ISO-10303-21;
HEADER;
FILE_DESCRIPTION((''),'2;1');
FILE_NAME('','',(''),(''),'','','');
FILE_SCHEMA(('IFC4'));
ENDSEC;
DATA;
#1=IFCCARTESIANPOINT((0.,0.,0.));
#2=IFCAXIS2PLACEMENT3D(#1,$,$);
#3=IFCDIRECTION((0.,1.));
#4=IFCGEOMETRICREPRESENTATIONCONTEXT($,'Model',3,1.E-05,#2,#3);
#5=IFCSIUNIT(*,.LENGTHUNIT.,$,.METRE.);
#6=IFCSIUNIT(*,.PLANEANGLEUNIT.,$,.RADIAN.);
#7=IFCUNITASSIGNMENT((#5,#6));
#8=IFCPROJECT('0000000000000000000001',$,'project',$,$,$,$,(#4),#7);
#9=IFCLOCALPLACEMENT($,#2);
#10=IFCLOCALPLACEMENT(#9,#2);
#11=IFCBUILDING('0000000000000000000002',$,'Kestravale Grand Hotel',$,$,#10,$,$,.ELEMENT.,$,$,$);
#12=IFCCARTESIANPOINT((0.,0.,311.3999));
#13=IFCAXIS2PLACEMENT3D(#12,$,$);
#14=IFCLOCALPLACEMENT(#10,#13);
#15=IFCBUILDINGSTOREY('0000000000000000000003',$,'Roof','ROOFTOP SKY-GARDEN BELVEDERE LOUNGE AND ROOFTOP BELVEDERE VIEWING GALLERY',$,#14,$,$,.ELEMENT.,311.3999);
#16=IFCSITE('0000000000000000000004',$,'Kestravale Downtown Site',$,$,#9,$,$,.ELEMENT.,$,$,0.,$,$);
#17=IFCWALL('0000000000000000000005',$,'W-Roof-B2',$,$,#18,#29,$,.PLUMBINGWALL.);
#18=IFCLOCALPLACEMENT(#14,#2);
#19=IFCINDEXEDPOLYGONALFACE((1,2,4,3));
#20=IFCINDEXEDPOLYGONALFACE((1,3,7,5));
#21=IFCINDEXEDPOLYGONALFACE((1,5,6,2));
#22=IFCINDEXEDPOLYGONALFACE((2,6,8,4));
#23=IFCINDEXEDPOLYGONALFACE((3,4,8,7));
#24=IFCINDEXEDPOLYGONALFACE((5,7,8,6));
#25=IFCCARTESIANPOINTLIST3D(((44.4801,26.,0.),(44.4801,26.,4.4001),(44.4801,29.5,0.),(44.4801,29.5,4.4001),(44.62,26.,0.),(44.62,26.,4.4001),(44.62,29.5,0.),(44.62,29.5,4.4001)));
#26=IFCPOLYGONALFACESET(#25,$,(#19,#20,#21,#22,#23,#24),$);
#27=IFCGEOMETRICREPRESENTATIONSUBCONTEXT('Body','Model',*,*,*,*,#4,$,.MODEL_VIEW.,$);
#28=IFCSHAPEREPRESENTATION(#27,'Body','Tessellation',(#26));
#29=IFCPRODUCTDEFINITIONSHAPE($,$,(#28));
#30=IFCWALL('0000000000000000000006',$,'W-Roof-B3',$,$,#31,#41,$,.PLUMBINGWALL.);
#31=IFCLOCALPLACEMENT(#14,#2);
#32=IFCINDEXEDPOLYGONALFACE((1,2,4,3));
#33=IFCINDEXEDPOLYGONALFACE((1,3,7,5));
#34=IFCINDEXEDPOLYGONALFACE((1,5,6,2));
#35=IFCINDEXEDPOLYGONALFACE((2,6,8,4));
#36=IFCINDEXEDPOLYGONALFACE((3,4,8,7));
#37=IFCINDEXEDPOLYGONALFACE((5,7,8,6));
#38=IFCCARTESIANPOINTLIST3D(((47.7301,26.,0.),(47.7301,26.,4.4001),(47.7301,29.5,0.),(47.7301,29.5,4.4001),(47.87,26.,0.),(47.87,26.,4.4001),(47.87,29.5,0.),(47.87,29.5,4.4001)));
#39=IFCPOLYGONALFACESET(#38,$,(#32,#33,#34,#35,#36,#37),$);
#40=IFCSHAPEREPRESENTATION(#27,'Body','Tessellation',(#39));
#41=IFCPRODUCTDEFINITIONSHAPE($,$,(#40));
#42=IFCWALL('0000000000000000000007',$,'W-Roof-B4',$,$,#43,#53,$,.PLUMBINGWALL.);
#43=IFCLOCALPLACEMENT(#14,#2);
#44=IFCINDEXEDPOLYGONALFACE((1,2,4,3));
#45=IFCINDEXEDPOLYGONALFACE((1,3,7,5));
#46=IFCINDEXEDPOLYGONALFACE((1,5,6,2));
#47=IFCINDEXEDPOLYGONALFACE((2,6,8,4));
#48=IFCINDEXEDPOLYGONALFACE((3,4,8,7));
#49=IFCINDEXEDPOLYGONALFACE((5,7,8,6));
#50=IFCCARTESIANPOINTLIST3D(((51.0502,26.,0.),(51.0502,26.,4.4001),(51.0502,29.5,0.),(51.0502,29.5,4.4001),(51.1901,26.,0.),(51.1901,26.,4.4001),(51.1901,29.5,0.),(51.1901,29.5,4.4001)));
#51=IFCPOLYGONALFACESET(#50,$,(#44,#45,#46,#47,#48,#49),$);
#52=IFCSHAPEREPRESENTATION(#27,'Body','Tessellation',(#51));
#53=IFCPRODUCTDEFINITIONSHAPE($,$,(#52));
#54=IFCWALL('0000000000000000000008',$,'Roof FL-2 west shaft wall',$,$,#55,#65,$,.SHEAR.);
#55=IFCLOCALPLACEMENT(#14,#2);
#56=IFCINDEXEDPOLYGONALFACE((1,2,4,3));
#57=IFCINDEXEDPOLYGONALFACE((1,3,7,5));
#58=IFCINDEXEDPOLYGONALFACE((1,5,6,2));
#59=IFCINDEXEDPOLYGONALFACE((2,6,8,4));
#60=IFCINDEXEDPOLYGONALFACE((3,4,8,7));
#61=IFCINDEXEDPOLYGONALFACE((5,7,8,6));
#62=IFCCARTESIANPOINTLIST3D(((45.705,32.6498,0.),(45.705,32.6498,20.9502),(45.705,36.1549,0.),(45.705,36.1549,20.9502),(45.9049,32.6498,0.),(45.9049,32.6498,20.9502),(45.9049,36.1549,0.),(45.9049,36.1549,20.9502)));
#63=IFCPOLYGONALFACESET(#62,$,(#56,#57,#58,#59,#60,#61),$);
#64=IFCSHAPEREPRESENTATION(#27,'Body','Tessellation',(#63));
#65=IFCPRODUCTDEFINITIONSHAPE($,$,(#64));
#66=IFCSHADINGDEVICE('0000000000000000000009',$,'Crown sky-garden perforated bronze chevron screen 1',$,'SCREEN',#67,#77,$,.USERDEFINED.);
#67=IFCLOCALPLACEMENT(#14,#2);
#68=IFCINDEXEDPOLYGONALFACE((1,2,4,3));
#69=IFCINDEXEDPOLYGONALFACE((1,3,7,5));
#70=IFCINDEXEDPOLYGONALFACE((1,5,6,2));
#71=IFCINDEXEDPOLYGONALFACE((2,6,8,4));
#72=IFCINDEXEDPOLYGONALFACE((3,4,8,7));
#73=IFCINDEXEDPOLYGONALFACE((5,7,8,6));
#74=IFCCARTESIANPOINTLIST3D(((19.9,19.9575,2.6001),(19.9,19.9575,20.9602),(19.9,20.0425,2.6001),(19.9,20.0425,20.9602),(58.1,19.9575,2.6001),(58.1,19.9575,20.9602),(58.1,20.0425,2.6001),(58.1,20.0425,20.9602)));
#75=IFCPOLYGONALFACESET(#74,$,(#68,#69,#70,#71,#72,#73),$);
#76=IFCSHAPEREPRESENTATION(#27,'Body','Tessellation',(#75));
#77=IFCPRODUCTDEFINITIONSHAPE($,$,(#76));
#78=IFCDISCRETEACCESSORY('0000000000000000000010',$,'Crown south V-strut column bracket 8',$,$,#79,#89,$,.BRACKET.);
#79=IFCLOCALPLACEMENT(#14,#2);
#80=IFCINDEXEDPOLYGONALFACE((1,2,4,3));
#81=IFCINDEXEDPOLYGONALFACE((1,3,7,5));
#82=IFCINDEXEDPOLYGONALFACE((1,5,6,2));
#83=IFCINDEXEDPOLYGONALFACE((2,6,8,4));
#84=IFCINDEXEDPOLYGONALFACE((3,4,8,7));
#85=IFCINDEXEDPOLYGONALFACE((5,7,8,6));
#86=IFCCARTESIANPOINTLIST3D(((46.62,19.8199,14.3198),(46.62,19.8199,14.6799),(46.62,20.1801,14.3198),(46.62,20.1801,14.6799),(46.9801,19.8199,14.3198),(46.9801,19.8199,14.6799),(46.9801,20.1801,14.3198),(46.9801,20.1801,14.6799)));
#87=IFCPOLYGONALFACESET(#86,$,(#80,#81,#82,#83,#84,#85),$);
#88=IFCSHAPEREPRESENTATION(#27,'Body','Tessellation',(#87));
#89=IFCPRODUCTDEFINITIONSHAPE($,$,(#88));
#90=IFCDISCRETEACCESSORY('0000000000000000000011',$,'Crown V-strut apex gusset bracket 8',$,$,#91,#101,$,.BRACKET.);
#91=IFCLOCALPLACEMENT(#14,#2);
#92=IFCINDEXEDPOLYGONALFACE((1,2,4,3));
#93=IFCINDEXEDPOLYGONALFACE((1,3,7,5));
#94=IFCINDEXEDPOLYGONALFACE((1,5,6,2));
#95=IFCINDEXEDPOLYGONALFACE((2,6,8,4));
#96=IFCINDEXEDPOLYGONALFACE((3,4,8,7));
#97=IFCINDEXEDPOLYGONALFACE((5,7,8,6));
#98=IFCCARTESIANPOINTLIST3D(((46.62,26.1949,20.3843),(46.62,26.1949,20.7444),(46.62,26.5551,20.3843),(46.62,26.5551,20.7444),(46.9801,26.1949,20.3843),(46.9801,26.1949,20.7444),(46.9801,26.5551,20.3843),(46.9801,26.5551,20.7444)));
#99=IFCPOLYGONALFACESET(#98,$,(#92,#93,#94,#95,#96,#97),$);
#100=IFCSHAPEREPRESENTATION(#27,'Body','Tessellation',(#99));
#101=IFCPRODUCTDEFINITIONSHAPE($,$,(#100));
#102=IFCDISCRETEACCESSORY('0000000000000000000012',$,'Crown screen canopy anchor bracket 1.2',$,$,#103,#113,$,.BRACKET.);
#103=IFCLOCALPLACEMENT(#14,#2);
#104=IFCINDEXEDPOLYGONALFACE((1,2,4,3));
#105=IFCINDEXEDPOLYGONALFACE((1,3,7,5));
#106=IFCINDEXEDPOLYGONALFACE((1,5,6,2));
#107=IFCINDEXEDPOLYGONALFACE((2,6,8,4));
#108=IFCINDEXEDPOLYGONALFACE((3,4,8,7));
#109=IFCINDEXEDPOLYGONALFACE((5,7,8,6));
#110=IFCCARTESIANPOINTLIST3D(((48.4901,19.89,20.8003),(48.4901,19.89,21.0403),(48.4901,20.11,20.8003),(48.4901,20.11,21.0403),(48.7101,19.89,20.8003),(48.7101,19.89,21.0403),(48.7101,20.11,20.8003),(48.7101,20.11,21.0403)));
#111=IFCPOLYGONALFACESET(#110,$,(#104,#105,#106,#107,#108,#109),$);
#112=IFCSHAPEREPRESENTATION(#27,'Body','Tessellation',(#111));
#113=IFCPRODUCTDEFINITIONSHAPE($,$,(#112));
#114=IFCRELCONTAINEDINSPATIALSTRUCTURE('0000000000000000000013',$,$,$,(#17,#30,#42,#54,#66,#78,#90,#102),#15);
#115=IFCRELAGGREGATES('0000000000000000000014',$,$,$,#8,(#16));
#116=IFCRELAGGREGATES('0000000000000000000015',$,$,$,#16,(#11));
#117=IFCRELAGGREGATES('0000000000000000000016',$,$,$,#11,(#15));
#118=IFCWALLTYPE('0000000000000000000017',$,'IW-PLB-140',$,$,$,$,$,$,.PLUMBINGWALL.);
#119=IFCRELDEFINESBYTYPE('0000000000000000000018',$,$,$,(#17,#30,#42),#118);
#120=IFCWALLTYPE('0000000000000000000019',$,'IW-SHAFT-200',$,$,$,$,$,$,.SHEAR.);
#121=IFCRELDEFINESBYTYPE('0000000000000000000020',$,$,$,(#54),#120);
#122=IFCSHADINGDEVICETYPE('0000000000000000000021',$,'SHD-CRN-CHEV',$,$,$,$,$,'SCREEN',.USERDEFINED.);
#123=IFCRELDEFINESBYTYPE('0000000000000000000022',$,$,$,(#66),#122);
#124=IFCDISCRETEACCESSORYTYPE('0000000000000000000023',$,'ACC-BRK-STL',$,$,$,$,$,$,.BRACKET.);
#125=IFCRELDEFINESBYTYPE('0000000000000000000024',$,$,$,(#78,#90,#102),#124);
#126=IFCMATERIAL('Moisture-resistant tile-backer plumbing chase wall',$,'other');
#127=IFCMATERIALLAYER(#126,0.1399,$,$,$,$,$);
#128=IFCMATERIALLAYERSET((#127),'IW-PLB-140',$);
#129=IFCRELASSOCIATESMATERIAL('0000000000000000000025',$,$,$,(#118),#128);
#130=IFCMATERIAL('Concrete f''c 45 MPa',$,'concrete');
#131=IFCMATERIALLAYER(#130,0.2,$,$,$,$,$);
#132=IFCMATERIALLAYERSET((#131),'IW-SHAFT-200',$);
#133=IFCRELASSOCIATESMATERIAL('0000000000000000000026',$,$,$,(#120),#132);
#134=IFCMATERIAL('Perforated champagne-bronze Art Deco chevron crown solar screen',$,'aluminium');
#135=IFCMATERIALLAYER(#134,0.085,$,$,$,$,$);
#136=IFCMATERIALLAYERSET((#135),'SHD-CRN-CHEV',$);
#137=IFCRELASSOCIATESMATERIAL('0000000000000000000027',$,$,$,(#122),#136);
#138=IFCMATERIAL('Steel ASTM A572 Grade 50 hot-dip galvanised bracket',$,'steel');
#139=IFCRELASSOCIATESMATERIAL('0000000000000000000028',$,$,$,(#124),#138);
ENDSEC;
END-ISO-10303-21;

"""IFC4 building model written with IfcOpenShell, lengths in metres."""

from ifc_helpers import new_model, si_unit, direction, frame, frame_2d, origin, origin_2d, place, context, subcontext, project, spatial, rectangle, extrude, material, layer, layer_set, type_object, element, save


model = new_model("IFC4")

# Units and contexts
model_context = context("Model", 3, precision=1e-05, world=origin(), true_north=direction((0.0, 1.0)))
body_context = subcontext(model_context, "Body", "Model", "MODEL_VIEW")
ifc_project = project(units=[si_unit("LENGTHUNIT", "METRE"), si_unit("PLANEANGLEUNIT", "RADIAN")], contexts=[model_context])

# Site, building, storey
site_placement = place(None, origin())
site = spatial("IfcSite", under=ifc_project, at=site_placement, Name="Kestravale Downtown Site", CompositionType="ELEMENT", RefElevation=0.0)
building_placement = place(site_placement, origin())
building = spatial("IfcBuilding", under=site, at=building_placement, Name="Kestravale Grand Hotel", CompositionType="ELEMENT")
storey_placement = place(building_placement, frame((0.0, 0.0, 311.3999)))
storey = spatial("IfcBuildingStorey", under=building, at=storey_placement, Name="Roof", Description="ROOFTOP SKY-GARDEN BELVEDERE LOUNGE AND ROOFTOP BELVEDERE VIEWING GALLERY", CompositionType="ELEMENT", Elevation=311.3999)

# Walls
ifc_material_1 = material(Name="Moisture-resistant tile-backer plumbing chase wall", Category="other")
ifc_layer_1 = layer(ifc_material_1, 0.1399)
ifc_layer_set_1 = layer_set([ifc_layer_1], Name="IW-PLB-140")
wall_type_1 = type_object("IfcWallType", Name="IW-PLB-140", PredefinedType="PLUMBINGWALL", material=ifc_layer_set_1)
for number, where, z_axis, x_axis, name in (
    (1, (44.55, 26.0, 0.0), (0.0, 0.0, 1.0), (0.0, 1.0, 0.0), "W-Roof-B2"),
    (2, (47.8, 26.0, 0.0), (0.0, 0.0, 1.0), (0.0, 1.0, 0.0), "W-Roof-B3"),
    (3, (51.1201, 26.0, 0.0), (0.0, 0.0, 1.0), (0.0, 1.0, 0.0), "W-Roof-B4"),
):
    element("IfcWall", number, at=place(storey_placement, frame(where, z_axis=z_axis, x_axis=x_axis)), inside=storey, type_object=wall_type_1, Name=name, PredefinedType="PLUMBINGWALL", context=body_context, shape_type="SweptSolid", body=[
        extrude(rectangle(XDim=3.5, YDim=0.1399, at=frame_2d((1.75, 0.0))), origin(), (0.0, 0.0, 1.0), 4.4001),
    ])
ifc_material_2 = material(Name="Concrete f'c 45 MPa", Category="concrete")
ifc_layer_2 = layer(ifc_material_2, 0.2)
ifc_layer_set_2 = layer_set([ifc_layer_2], Name="IW-SHAFT-200")
wall_type_2 = type_object("IfcWallType", Name="IW-SHAFT-200", PredefinedType="SHEAR", material=ifc_layer_set_2)
wall_1_placement = place(storey_placement, frame((45.8049, 32.6499, 0.0), z_axis=(0.0, 0.0, 1.0), x_axis=(0.0, 1.0, 0.0)))
element("IfcWall", 4, at=wall_1_placement, inside=storey, type_object=wall_type_2, Name="Roof FL-2 west shaft wall", PredefinedType="SHEAR", context=body_context, shape_type="SweptSolid", body=[
    extrude(rectangle(XDim=3.5051, YDim=0.2, at=frame_2d((1.7524, 0.0))), origin(), (0.0, 0.0, 1.0), 20.9502),
])

# Shading device
ifc_material_3 = material(Name="Perforated champagne-bronze Art Deco chevron crown solar screen", Category="aluminium")
ifc_layer_3 = layer(ifc_material_3, 0.085)
ifc_layer_set_3 = layer_set([ifc_layer_3], Name="SHD-CRN-CHEV")
shading_device_type = type_object("IfcShadingDeviceType", Name="SHD-CRN-CHEV", ElementType="SCREEN", PredefinedType="USERDEFINED", material=ifc_layer_set_3)
shading_device_placement = place(storey_placement, frame((39.0, 20.0, 2.6001), z_axis=(0.0, 0.0, 1.0), x_axis=(1.0, 0.0, 0.0)))
element("IfcShadingDevice", 5, at=shading_device_placement, inside=storey, type_object=shading_device_type, Name="Crown sky-garden perforated bronze chevron screen 1", ObjectType="SCREEN", PredefinedType="USERDEFINED", context=body_context, shape_type="SweptSolid", body=[
    extrude(rectangle(XDim=38.2, YDim=0.085, at=origin_2d()), origin(), (0.0, 0.0, 1.0), 18.3601),
])

# Discrete accessories
ifc_material_4 = material(Name="Steel ASTM A572 Grade 50 hot-dip galvanised bracket", Category="steel")
discrete_accessory_type = type_object("IfcDiscreteAccessoryType", Name="ACC-BRK-STL", PredefinedType="BRACKET", material=ifc_material_4)
for number, where, z_axis, x_axis, name in (
    (6, (46.8, 20.0, 14.3198), (0.0, 0.0, 1.0), (1.0, 0.0, 0.0), "Crown south V-strut column bracket 8"),
    (7, (46.8, 26.375, 20.3843), (0.0, 0.0, 1.0), (1.0, 0.0, 0.0), "Crown V-strut apex gusset bracket 8"),
):
    element("IfcDiscreteAccessory", number, at=place(storey_placement, frame(where, z_axis=z_axis, x_axis=x_axis)), inside=storey, type_object=discrete_accessory_type, Name=name, PredefinedType="BRACKET", context=body_context, shape_type="SweptSolid", body=[
        extrude(rectangle(XDim=0.3601, YDim=0.3601, at=origin_2d()), origin(), (0.0, 0.0, 1.0), 0.3601),
    ])
discrete_accessory_placement = place(storey_placement, frame((48.6001, 20.0, 20.8003), z_axis=(0.0, 0.0, 1.0), x_axis=(1.0, 0.0, 0.0)))
element("IfcDiscreteAccessory", 8, at=discrete_accessory_placement, inside=storey, type_object=discrete_accessory_type, Name="Crown screen canopy anchor bracket 1.2", PredefinedType="BRACKET", context=body_context, shape_type="SweptSolid", body=[
    extrude(rectangle(XDim=0.22, YDim=0.22, at=origin_2d()), origin(), (0.0, 0.0, 1.0), 0.24),
])

save(model, "model.ifc")
